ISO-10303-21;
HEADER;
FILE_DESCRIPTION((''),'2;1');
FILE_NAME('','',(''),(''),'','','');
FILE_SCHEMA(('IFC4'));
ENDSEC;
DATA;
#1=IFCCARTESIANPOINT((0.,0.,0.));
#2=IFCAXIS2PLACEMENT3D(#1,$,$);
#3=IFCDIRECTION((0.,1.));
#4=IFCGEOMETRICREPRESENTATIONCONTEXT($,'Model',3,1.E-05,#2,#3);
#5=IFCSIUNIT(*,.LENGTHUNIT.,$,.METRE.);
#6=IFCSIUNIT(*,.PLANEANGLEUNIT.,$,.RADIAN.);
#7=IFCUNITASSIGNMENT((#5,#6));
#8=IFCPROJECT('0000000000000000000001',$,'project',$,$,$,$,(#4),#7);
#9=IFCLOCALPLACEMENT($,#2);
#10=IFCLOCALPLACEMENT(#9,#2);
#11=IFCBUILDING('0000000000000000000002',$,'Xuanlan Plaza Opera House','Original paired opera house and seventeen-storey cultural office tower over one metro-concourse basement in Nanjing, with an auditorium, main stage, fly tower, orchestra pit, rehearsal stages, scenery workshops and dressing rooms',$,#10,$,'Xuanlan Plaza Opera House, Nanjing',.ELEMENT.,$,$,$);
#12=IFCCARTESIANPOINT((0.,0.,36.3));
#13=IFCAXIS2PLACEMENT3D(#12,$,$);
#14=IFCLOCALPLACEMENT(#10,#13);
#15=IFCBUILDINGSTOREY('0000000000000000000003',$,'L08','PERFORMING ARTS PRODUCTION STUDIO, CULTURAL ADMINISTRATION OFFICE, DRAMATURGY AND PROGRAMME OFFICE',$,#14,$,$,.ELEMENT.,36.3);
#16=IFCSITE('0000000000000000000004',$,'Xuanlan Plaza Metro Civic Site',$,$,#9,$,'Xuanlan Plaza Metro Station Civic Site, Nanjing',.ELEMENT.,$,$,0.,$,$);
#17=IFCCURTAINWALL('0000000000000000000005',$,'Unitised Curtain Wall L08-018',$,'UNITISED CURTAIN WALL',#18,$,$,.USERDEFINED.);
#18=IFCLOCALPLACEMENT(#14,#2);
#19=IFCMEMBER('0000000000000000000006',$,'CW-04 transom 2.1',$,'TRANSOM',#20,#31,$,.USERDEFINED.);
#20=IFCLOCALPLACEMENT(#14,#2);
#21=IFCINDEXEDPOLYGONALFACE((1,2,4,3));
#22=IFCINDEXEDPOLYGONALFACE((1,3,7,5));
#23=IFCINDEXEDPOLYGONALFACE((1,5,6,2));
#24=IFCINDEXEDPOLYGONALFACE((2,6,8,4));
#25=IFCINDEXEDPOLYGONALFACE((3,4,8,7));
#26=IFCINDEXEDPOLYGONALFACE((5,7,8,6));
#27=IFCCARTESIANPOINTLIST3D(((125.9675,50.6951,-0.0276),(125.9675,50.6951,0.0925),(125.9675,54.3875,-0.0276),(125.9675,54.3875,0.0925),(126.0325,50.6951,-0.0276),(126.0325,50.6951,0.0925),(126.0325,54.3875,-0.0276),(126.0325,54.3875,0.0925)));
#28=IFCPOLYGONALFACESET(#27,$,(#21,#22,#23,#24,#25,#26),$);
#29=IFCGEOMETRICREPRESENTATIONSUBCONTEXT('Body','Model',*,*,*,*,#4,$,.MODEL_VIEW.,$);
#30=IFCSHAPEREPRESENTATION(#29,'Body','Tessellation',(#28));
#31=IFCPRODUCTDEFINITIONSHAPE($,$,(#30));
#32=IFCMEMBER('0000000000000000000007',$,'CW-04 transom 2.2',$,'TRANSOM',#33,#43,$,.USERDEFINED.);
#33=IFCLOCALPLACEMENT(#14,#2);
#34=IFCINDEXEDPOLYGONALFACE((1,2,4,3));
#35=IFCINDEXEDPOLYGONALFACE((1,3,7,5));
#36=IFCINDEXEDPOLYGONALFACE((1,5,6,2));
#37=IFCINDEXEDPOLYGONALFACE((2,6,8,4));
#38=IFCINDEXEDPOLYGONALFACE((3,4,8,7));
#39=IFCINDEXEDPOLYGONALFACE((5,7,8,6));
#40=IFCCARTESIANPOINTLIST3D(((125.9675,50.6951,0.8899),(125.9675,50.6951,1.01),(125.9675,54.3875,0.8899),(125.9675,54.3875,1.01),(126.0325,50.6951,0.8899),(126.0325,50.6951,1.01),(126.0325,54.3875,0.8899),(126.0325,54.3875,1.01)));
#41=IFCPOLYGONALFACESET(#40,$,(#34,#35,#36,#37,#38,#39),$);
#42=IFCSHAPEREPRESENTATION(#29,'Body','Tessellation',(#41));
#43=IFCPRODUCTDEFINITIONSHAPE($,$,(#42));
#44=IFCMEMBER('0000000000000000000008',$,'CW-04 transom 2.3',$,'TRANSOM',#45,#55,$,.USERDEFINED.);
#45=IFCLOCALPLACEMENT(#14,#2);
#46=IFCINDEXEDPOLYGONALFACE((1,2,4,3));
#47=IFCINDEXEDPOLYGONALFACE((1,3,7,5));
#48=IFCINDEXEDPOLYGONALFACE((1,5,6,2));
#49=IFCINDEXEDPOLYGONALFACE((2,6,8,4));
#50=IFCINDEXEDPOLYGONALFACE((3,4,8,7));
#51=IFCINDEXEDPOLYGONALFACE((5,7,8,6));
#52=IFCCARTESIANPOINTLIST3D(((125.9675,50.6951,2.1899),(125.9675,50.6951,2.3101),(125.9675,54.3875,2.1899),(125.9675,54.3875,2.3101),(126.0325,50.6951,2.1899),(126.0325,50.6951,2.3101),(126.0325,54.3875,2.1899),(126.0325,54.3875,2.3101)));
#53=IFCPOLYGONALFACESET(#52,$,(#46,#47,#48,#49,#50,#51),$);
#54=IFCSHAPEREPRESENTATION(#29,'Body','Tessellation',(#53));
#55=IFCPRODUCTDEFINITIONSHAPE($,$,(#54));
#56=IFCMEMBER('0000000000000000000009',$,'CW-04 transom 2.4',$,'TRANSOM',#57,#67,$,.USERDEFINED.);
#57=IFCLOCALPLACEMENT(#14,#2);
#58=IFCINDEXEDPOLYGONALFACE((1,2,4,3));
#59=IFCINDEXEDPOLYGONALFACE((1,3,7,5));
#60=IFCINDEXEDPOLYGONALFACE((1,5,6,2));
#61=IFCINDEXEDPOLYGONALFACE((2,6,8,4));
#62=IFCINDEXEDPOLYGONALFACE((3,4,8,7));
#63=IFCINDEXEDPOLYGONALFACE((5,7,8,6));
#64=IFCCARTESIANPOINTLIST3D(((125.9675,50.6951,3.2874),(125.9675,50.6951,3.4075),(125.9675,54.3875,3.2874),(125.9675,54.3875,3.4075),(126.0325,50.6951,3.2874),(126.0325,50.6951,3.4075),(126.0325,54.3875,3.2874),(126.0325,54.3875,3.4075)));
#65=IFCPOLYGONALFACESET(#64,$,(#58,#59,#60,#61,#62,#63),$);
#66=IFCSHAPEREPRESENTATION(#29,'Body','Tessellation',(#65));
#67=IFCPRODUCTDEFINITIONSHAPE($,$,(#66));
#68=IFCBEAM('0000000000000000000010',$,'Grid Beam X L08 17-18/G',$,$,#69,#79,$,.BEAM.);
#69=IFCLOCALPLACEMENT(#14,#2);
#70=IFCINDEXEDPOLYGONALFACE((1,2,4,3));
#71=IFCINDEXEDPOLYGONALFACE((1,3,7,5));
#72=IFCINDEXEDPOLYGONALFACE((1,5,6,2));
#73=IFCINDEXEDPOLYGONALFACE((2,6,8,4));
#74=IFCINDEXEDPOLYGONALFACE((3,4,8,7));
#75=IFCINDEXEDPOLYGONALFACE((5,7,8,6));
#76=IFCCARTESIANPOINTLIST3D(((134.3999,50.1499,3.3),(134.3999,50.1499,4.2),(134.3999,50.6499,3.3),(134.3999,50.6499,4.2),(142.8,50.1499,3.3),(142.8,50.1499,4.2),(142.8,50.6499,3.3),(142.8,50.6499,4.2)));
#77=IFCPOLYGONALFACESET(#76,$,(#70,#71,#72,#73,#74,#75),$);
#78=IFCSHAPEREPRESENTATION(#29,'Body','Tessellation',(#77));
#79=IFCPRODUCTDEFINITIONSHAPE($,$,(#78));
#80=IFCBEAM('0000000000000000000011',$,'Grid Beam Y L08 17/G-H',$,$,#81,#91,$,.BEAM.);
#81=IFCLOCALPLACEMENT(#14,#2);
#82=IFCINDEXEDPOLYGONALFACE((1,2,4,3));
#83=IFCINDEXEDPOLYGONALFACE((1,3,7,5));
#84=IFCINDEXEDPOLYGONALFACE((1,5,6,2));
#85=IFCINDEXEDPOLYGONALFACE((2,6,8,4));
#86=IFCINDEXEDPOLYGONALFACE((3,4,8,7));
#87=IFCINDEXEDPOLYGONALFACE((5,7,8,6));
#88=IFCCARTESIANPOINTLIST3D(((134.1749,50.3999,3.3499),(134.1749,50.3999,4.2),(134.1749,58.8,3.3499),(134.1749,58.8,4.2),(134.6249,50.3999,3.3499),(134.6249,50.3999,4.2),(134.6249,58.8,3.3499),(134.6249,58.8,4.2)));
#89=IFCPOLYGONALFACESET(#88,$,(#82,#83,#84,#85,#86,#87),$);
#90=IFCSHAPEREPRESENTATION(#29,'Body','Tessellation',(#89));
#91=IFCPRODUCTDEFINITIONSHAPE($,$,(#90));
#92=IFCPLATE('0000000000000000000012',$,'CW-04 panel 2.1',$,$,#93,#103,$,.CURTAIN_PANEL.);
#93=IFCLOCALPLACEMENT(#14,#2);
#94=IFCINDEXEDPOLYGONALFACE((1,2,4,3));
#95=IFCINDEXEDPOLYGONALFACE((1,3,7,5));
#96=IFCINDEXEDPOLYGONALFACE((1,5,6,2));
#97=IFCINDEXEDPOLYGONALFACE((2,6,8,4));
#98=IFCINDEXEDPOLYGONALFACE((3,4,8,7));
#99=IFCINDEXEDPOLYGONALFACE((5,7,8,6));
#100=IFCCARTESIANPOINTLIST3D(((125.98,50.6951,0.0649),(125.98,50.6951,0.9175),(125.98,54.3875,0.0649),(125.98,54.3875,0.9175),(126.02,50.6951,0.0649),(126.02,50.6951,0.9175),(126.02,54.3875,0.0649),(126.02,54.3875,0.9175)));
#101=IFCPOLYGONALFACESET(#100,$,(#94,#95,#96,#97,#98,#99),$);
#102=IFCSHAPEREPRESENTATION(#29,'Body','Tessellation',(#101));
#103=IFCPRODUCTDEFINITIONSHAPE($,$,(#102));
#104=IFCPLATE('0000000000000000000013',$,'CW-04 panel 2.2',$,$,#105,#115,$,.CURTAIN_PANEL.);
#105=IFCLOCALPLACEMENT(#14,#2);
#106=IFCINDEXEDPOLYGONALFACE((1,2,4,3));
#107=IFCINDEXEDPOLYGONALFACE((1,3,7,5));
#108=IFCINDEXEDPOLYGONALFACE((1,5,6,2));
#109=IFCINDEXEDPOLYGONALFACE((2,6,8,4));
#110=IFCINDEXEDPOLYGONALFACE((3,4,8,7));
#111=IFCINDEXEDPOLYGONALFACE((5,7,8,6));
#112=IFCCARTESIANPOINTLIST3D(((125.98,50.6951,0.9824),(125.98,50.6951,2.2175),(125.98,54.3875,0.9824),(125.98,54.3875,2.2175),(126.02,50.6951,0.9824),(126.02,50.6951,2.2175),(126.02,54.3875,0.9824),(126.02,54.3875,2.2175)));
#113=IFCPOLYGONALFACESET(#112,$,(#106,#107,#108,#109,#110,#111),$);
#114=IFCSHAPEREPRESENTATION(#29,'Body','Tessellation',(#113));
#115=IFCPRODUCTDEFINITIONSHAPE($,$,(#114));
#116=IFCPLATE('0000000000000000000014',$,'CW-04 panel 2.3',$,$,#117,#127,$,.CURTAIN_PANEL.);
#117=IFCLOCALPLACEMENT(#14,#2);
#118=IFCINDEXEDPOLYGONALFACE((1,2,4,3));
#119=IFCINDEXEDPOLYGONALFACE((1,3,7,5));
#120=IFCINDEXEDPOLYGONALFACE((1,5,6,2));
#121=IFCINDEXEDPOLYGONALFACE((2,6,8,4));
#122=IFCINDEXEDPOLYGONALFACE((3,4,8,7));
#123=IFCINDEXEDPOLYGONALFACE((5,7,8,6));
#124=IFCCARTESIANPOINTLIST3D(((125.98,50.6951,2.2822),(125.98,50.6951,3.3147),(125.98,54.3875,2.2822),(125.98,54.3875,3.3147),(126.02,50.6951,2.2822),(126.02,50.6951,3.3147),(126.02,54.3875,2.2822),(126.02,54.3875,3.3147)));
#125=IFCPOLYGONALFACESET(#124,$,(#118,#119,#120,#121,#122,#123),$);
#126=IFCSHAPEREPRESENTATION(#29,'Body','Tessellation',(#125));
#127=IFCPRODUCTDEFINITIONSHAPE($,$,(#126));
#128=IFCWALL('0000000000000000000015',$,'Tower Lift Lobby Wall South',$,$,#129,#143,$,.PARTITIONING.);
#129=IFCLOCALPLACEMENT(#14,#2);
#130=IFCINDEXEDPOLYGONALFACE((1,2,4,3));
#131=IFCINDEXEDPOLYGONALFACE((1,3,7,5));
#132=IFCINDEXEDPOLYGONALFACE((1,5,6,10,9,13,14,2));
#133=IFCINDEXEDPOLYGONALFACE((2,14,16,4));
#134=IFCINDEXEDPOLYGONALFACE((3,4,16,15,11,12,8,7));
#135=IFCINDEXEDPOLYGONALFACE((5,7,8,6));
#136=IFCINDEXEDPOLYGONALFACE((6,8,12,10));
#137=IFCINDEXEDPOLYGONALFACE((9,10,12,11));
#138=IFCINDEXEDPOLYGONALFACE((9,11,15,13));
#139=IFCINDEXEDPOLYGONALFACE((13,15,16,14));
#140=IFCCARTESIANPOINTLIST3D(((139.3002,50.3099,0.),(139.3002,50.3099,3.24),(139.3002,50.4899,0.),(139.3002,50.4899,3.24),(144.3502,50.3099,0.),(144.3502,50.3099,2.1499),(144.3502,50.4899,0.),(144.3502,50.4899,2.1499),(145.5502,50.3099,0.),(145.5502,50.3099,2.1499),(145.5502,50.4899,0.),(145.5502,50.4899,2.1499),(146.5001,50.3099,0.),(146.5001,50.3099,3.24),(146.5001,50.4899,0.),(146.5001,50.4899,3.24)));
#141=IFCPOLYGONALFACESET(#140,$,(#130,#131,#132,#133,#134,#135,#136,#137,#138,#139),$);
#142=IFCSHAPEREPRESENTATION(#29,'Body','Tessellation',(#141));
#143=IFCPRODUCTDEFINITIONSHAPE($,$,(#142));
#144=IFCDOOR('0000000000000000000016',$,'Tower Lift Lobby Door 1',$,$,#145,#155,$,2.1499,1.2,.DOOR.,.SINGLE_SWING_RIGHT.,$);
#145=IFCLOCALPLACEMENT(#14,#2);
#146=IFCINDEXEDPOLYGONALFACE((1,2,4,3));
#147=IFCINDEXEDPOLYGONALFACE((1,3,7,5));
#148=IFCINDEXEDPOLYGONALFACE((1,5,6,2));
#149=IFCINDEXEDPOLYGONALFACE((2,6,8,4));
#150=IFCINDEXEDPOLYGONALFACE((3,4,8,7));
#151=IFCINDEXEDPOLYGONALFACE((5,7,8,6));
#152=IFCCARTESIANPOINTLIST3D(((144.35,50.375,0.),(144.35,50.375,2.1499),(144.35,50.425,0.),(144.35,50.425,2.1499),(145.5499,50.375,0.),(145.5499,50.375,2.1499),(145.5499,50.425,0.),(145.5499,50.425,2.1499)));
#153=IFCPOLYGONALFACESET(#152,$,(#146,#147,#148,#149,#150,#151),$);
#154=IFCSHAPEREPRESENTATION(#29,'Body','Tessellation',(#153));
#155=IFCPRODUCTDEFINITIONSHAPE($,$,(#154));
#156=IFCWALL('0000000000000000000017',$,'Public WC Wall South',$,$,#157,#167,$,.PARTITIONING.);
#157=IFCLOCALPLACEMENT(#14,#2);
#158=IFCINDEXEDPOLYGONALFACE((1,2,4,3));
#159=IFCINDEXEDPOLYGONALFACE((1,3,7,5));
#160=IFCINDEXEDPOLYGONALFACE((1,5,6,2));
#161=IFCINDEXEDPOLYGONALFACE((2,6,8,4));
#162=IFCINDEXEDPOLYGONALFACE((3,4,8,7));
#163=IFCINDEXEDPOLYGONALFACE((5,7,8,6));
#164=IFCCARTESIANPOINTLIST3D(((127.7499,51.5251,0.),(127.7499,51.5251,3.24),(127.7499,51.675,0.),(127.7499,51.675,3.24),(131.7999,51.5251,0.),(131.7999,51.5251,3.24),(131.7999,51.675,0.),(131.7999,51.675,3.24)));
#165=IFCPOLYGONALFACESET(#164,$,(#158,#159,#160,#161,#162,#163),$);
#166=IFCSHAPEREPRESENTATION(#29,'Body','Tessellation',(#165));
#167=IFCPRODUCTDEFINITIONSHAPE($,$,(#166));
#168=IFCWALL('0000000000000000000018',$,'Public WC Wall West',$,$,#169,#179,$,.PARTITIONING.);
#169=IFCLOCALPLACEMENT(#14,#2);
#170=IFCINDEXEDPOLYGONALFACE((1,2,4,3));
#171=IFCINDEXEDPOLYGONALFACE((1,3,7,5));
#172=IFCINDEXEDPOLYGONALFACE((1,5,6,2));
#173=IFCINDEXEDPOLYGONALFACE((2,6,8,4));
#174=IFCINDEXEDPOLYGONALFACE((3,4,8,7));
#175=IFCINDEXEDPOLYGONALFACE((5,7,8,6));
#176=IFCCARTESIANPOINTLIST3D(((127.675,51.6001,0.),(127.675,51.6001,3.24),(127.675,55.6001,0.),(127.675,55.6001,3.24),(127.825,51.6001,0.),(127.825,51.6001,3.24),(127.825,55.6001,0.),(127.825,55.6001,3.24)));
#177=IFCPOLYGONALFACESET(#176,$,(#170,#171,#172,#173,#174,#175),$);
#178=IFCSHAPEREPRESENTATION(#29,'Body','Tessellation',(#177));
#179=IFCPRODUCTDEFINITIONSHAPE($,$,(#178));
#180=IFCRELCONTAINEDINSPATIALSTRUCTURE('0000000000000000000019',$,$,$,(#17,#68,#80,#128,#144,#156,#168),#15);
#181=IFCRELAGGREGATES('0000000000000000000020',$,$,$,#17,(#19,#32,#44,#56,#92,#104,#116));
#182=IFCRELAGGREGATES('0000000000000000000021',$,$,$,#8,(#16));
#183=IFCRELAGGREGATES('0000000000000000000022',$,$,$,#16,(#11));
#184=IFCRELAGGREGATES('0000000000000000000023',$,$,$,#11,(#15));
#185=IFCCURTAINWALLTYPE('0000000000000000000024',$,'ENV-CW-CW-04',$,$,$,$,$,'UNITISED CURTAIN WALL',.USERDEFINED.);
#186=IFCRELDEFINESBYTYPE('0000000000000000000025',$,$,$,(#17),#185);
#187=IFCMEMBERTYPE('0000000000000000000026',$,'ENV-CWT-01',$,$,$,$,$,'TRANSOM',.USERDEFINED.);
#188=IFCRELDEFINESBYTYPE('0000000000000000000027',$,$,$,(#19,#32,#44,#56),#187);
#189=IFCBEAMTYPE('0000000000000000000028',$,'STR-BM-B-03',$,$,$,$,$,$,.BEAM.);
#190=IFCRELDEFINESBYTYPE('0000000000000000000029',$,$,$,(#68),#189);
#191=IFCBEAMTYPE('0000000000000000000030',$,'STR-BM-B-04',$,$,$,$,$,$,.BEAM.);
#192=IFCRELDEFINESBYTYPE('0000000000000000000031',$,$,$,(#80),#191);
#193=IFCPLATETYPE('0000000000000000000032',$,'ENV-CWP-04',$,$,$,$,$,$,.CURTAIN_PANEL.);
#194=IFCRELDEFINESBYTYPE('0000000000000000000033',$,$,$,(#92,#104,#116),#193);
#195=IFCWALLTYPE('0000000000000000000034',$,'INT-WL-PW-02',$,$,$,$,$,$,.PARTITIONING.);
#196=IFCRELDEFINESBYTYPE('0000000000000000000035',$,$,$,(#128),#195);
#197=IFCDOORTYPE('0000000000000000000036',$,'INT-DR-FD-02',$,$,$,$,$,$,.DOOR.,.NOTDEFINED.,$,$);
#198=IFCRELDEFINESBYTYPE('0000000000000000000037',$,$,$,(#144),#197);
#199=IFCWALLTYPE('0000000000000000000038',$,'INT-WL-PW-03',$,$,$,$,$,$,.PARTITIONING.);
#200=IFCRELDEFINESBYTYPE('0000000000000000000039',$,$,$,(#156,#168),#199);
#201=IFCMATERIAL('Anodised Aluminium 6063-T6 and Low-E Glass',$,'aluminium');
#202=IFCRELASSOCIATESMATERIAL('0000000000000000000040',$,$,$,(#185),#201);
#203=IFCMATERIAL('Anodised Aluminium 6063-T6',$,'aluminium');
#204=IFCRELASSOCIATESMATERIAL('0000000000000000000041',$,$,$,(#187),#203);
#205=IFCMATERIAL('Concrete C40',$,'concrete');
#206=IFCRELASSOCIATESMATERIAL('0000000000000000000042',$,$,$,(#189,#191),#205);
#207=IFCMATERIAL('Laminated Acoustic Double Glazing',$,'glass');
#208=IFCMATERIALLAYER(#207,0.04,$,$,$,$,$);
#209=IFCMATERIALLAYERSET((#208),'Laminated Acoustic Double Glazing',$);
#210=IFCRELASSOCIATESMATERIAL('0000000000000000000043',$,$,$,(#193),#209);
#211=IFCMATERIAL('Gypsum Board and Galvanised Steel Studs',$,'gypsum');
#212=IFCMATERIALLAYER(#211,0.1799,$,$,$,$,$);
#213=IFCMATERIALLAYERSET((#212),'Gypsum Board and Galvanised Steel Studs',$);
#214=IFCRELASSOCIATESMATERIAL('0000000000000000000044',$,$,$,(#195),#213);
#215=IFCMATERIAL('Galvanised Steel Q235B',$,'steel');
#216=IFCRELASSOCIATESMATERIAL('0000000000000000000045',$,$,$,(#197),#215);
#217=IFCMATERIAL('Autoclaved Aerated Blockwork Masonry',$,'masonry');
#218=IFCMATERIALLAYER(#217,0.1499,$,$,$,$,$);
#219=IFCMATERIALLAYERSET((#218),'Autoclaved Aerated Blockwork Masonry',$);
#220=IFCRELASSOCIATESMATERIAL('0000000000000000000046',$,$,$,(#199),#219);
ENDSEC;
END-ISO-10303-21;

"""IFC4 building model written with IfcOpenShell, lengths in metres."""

from ifc_helpers import new_model, si_unit, direction, frame, frame_2d, origin, origin_2d, place, context, subcontext, project, spatial, rectangle, extrude, material, layer, layer_set, material_profile, profile_set, type_object, element, fill, aggregate, save


model = new_model("IFC4")

# Units and contexts
model_context = context("Model", 3, precision=1e-05, world=origin(), true_north=direction((0.0, 1.0)))
body_context = subcontext(model_context, "Body", "Model", "MODEL_VIEW")
ifc_project = project(units=[si_unit("LENGTHUNIT", "METRE"), si_unit("PLANEANGLEUNIT", "RADIAN")], contexts=[model_context])

# Site, building, storey
site_placement = place(None, origin())
site = spatial("IfcSite", under=ifc_project, at=site_placement, Name="Xuanlan Plaza Metro Civic Site", LongName="Xuanlan Plaza Metro Station Civic Site, Nanjing", CompositionType="ELEMENT", RefElevation=0.0)
building_placement = place(site_placement, origin())
building = spatial("IfcBuilding", under=site, at=building_placement, Name="Xuanlan Plaza Opera House", Description="Original paired opera house and seventeen-storey cultural office tower over one metro-concourse basement in Nanjing, with an auditorium, main stage, fly tower, orchestra pit, rehearsal stages, scenery workshops and dressing rooms", LongName="Xuanlan Plaza Opera House, Nanjing", CompositionType="ELEMENT")
storey_placement = place(building_placement, frame((0.0, 0.0, 36.3)))
storey = spatial("IfcBuildingStorey", under=building, at=storey_placement, Name="L08", Description="PERFORMING ARTS PRODUCTION STUDIO, CULTURAL ADMINISTRATION OFFICE, DRAMATURGY AND PROGRAMME OFFICE", CompositionType="ELEMENT", Elevation=36.3)

# Curtain wall, members
ifc_material_1 = material(Name="Anodised Aluminium 6063-T6 and Low-E Glass", Category="aluminium")
curtain_wall_type = type_object("IfcCurtainWallType", Name="ENV-CW-CW-04", ElementType="UNITISED CURTAIN WALL", PredefinedType="USERDEFINED", material=ifc_material_1)
curtain_wall_placement = place(storey_placement, origin())
curtain_wall = element("IfcCurtainWall", 1, at=curtain_wall_placement, inside=storey, type_object=curtain_wall_type, Name="Unitised Curtain Wall L08-018", ObjectType="UNITISED CURTAIN WALL", PredefinedType="USERDEFINED")
ifc_material_2 = material(Name="Anodised Aluminium 6063-T6", Category="aluminium")
ifc_material_profile_1 = material_profile(ifc_material_2, rectangle(XDim=0.0649, YDim=0.1201, at=origin_2d()), Name="ALU-T 65x120")
ifc_profile_set_1 = profile_set([ifc_material_profile_1], Name="Anodised Aluminium 6063-T6")
member_type = type_object("IfcMemberType", Name="ENV-CWT-01", ElementType="TRANSOM", PredefinedType="USERDEFINED", material=ifc_profile_set_1)
member_1_placement = place(storey_placement, frame((126.0, 54.3875, 0.0325), z_axis=(0.0, -1.0, 0.0), x_axis=(1.0, 0.0, 0.0)))
member_1 = element("IfcMember", 2, at=member_1_placement, type_object=member_type, Name="CW-04 transom 2.1", ObjectType="TRANSOM", PredefinedType="USERDEFINED", context=body_context, shape_type="SweptSolid", body=[
    extrude(rectangle(XDim=0.0649, YDim=0.1201, at=origin_2d()), origin(), (0.0, 0.0, 1.0), 3.6924),
])
member_2_placement = place(storey_placement, frame((126.0, 54.3875, 0.95), z_axis=(0.0, -1.0, 0.0), x_axis=(1.0, 0.0, 0.0)))
member_2 = element("IfcMember", 3, at=member_2_placement, type_object=member_type, Name="CW-04 transom 2.2", ObjectType="TRANSOM", PredefinedType="USERDEFINED", context=body_context, shape_type="SweptSolid", body=[
    extrude(rectangle(XDim=0.0649, YDim=0.1201, at=origin_2d()), origin(), (0.0, 0.0, 1.0), 3.6924),
])
member_3_placement = place(storey_placement, frame((126.0, 54.3875, 2.25), z_axis=(0.0, -1.0, 0.0), x_axis=(1.0, 0.0, 0.0)))
member_3 = element("IfcMember", 4, at=member_3_placement, type_object=member_type, Name="CW-04 transom 2.3", ObjectType="TRANSOM", PredefinedType="USERDEFINED", context=body_context, shape_type="SweptSolid", body=[
    extrude(rectangle(XDim=0.0649, YDim=0.1201, at=origin_2d()), origin(), (0.0, 0.0, 1.0), 3.6924),
])
member_4_placement = place(storey_placement, frame((126.0, 54.3875, 3.3474), z_axis=(0.0, -1.0, 0.0), x_axis=(1.0, 0.0, 0.0)))
member_4 = element("IfcMember", 5, at=member_4_placement, type_object=member_type, Name="CW-04 transom 2.4", ObjectType="TRANSOM", PredefinedType="USERDEFINED", context=body_context, shape_type="SweptSolid", body=[
    extrude(rectangle(XDim=0.0649, YDim=0.1201, at=origin_2d()), origin(), (0.0, 0.0, 1.0), 3.6924),
])

# Beams
ifc_material_3 = material(Name="Concrete C40", Category="concrete")
ifc_material_profile_2 = material_profile(ifc_material_3, rectangle(XDim=0.5, YDim=0.8999, at=origin_2d()), Name="RC-BM 500x900")
ifc_profile_set_2 = profile_set([ifc_material_profile_2], Name="Concrete C40")
beam_type_1 = type_object("IfcBeamType", Name="STR-BM-B-03", PredefinedType="BEAM", material=ifc_profile_set_2)
beam_1_placement = place(storey_placement, frame((134.3999, 50.3999, 3.75), z_axis=(1.0, 0.0, 0.0), x_axis=(0.0, 1.0, 0.0)))
element("IfcBeam", 6, at=beam_1_placement, inside=storey, type_object=beam_type_1, Name="Grid Beam X L08 17-18/G", PredefinedType="BEAM", context=body_context, shape_type="SweptSolid", body=[
    extrude(rectangle(XDim=0.5, YDim=0.8999, at=origin_2d()), origin(), (0.0, 0.0, 1.0), 8.4001),
])
ifc_material_profile_3 = material_profile(ifc_material_3, rectangle(XDim=0.45, YDim=0.8501, at=origin_2d()), Name="RC-BM 450x850")
ifc_profile_set_3 = profile_set([ifc_material_profile_3], Name="Concrete C40")
beam_type_2 = type_object("IfcBeamType", Name="STR-BM-B-04", PredefinedType="BEAM", material=ifc_profile_set_3)
beam_2_placement = place(storey_placement, frame((134.3999, 50.3999, 3.7749), z_axis=(0.0, 1.0, 0.0), x_axis=(-1.0, 0.0, 0.0)))
element("IfcBeam", 7, at=beam_2_placement, inside=storey, type_object=beam_type_2, Name="Grid Beam Y L08 17/G-H", PredefinedType="BEAM", context=body_context, shape_type="SweptSolid", body=[
    extrude(rectangle(XDim=0.45, YDim=0.8501, at=origin_2d()), origin(), (0.0, 0.0, 1.0), 8.4001),
])

# Plates
ifc_material_4 = material(Name="Laminated Acoustic Double Glazing", Category="glass")
ifc_layer_1 = layer(ifc_material_4, 0.04)
ifc_layer_set_1 = layer_set([ifc_layer_1], Name="Laminated Acoustic Double Glazing")
plate_type = type_object("IfcPlateType", Name="ENV-CWP-04", PredefinedType="CURTAIN_PANEL", material=ifc_layer_set_1)
plate_1_placement = place(storey_placement, frame((126.0, 52.5413, 0.0649), z_axis=(0.0, 0.0, 1.0), x_axis=(0.0, -1.0, 0.0)))
plate_1 = element("IfcPlate", 8, at=plate_1_placement, type_object=plate_type, Name="CW-04 panel 2.1", PredefinedType="CURTAIN_PANEL", context=body_context, shape_type="SweptSolid", body=[
    extrude(rectangle(XDim=3.6924, YDim=0.04, at=origin_2d()), origin(), (0.0, 0.0, 1.0), 0.8525),
])
plate_2_placement = place(storey_placement, frame((126.0, 52.5413, 0.9824), z_axis=(0.0, 0.0, 1.0), x_axis=(0.0, -1.0, 0.0)))
plate_2 = element("IfcPlate", 9, at=plate_2_placement, type_object=plate_type, Name="CW-04 panel 2.2", PredefinedType="CURTAIN_PANEL", context=body_context, shape_type="SweptSolid", body=[
    extrude(rectangle(XDim=3.6924, YDim=0.04, at=origin_2d()), origin(), (0.0, 0.0, 1.0), 1.2351),
])
plate_3_placement = place(storey_placement, frame((126.0, 52.5413, 2.2822), z_axis=(0.0, 0.0, 1.0), x_axis=(0.0, -1.0, 0.0)))
plate_3 = element("IfcPlate", 10, at=plate_3_placement, type_object=plate_type, Name="CW-04 panel 2.3", PredefinedType="CURTAIN_PANEL", context=body_context, shape_type="SweptSolid", body=[
    extrude(rectangle(XDim=3.6924, YDim=0.04, at=origin_2d()), origin(), (0.0, 0.0, 1.0), 1.0325),
])
aggregate(curtain_wall, [member_1, member_2, member_3, member_4, plate_1, plate_2, plate_3])

# Wall, opening, door
ifc_material_5 = material(Name="Gypsum Board and Galvanised Steel Studs", Category="gypsum")
ifc_layer_2 = layer(ifc_material_5, 0.1799)
ifc_layer_set_2 = layer_set([ifc_layer_2], Name="Gypsum Board and Galvanised Steel Studs")
wall_type_1 = type_object("IfcWallType", Name="INT-WL-PW-02", PredefinedType="PARTITIONING", material=ifc_layer_set_2)
wall_1_placement = place(storey_placement, frame((139.3, 50.3999, 0.0), z_axis=(0.0, 0.0, 1.0), x_axis=(1.0, 0.0, 0.0)))
wall_1 = element("IfcWall", 11, at=wall_1_placement, inside=storey, type_object=wall_type_1, Name="Tower Lift Lobby Wall South", PredefinedType="PARTITIONING", context=body_context, shape_type="SweptSolid", body=[
    extrude(rectangle(XDim=7.2, YDim=0.1799, at=frame_2d((3.6001, 0.0))), origin(), (0.0, 0.0, 1.0), 3.24),
])
opening_1_placement = place(wall_1_placement, frame((5.05, 0.0, 0.0)))
opening_1 = element("IfcOpeningElement", 12, at=opening_1_placement, cuts=wall_1, PredefinedType="OPENING", context=body_context, shape_type="SweptSolid", body=[
    extrude(rectangle(XDim=1.2, YDim=2.1499, at=frame_2d((0.6001, 1.075))), frame((0.0, 0.0999, 0.0), z_axis=(0.0, -1.0, 0.0), x_axis=(1.0, 0.0, 0.0)), (0.0, 0.0, 1.0), 0.2),
])
ifc_material_6 = material(Name="Galvanised Steel Q235B", Category="steel")
door_type_1 = type_object("IfcDoorType", Name="INT-DR-FD-02", OperationType="NOTDEFINED", PredefinedType="DOOR", material=ifc_material_6)
door_1_placement = place(opening_1_placement, frame((1.2, 0.0, 0.0), z_axis=(0.0, 0.0, 1.0), x_axis=(-1.0, 0.0, 0.0)))
door_1 = element("IfcDoor", 13, at=door_1_placement, inside=storey, type_object=door_type_1, Name="Tower Lift Lobby Door 1", OperationType="SINGLE_SWING_RIGHT", OverallHeight=2.1499, OverallWidth=1.2, PredefinedType="DOOR", context=body_context, shape_type="SweptSolid", body=[
    extrude(rectangle(XDim=1.2, YDim=2.1499, at=frame_2d((0.6001, 1.075))), frame((0.0, 0.0249, 0.0), z_axis=(0.0, -1.0, 0.0), x_axis=(1.0, 0.0, 0.0)), (0.0, 0.0, 1.0), 0.05),
])
fill(opening_1, door_1)

# Walls
ifc_material_7 = material(Name="Autoclaved Aerated Blockwork Masonry", Category="masonry")
ifc_layer_3 = layer(ifc_material_7, 0.1499)
ifc_layer_set_3 = layer_set([ifc_layer_3], Name="Autoclaved Aerated Blockwork Masonry")
wall_type_2 = type_object("IfcWallType", Name="INT-WL-PW-03", PredefinedType="PARTITIONING", material=ifc_layer_set_3)
wall_2_placement = place(storey_placement, frame((127.75, 51.6001, 0.0), z_axis=(0.0, 0.0, 1.0), x_axis=(1.0, 0.0, 0.0)))
element("IfcWall", 14, at=wall_2_placement, inside=storey, type_object=wall_type_2, Name="Public WC Wall South", PredefinedType="PARTITIONING", context=body_context, shape_type="SweptSolid", body=[
    extrude(rectangle(XDim=4.05, YDim=0.1499, at=frame_2d((2.0249, 0.0))), origin(), (0.0, 0.0, 1.0), 3.24),
])
wall_3_placement = place(storey_placement, frame((127.75, 51.6001, 0.0), z_axis=(0.0, 0.0, 1.0), x_axis=(0.0, 1.0, 0.0)))
element("IfcWall", 15, at=wall_3_placement, inside=storey, type_object=wall_type_2, Name="Public WC Wall West", PredefinedType="PARTITIONING", context=body_context, shape_type="SweptSolid", body=[
    extrude(rectangle(XDim=4.0, YDim=0.1499, at=frame_2d((2.0, 0.0))), origin(), (0.0, 0.0, 1.0), 3.24),
])

save(model, "model.ifc")
